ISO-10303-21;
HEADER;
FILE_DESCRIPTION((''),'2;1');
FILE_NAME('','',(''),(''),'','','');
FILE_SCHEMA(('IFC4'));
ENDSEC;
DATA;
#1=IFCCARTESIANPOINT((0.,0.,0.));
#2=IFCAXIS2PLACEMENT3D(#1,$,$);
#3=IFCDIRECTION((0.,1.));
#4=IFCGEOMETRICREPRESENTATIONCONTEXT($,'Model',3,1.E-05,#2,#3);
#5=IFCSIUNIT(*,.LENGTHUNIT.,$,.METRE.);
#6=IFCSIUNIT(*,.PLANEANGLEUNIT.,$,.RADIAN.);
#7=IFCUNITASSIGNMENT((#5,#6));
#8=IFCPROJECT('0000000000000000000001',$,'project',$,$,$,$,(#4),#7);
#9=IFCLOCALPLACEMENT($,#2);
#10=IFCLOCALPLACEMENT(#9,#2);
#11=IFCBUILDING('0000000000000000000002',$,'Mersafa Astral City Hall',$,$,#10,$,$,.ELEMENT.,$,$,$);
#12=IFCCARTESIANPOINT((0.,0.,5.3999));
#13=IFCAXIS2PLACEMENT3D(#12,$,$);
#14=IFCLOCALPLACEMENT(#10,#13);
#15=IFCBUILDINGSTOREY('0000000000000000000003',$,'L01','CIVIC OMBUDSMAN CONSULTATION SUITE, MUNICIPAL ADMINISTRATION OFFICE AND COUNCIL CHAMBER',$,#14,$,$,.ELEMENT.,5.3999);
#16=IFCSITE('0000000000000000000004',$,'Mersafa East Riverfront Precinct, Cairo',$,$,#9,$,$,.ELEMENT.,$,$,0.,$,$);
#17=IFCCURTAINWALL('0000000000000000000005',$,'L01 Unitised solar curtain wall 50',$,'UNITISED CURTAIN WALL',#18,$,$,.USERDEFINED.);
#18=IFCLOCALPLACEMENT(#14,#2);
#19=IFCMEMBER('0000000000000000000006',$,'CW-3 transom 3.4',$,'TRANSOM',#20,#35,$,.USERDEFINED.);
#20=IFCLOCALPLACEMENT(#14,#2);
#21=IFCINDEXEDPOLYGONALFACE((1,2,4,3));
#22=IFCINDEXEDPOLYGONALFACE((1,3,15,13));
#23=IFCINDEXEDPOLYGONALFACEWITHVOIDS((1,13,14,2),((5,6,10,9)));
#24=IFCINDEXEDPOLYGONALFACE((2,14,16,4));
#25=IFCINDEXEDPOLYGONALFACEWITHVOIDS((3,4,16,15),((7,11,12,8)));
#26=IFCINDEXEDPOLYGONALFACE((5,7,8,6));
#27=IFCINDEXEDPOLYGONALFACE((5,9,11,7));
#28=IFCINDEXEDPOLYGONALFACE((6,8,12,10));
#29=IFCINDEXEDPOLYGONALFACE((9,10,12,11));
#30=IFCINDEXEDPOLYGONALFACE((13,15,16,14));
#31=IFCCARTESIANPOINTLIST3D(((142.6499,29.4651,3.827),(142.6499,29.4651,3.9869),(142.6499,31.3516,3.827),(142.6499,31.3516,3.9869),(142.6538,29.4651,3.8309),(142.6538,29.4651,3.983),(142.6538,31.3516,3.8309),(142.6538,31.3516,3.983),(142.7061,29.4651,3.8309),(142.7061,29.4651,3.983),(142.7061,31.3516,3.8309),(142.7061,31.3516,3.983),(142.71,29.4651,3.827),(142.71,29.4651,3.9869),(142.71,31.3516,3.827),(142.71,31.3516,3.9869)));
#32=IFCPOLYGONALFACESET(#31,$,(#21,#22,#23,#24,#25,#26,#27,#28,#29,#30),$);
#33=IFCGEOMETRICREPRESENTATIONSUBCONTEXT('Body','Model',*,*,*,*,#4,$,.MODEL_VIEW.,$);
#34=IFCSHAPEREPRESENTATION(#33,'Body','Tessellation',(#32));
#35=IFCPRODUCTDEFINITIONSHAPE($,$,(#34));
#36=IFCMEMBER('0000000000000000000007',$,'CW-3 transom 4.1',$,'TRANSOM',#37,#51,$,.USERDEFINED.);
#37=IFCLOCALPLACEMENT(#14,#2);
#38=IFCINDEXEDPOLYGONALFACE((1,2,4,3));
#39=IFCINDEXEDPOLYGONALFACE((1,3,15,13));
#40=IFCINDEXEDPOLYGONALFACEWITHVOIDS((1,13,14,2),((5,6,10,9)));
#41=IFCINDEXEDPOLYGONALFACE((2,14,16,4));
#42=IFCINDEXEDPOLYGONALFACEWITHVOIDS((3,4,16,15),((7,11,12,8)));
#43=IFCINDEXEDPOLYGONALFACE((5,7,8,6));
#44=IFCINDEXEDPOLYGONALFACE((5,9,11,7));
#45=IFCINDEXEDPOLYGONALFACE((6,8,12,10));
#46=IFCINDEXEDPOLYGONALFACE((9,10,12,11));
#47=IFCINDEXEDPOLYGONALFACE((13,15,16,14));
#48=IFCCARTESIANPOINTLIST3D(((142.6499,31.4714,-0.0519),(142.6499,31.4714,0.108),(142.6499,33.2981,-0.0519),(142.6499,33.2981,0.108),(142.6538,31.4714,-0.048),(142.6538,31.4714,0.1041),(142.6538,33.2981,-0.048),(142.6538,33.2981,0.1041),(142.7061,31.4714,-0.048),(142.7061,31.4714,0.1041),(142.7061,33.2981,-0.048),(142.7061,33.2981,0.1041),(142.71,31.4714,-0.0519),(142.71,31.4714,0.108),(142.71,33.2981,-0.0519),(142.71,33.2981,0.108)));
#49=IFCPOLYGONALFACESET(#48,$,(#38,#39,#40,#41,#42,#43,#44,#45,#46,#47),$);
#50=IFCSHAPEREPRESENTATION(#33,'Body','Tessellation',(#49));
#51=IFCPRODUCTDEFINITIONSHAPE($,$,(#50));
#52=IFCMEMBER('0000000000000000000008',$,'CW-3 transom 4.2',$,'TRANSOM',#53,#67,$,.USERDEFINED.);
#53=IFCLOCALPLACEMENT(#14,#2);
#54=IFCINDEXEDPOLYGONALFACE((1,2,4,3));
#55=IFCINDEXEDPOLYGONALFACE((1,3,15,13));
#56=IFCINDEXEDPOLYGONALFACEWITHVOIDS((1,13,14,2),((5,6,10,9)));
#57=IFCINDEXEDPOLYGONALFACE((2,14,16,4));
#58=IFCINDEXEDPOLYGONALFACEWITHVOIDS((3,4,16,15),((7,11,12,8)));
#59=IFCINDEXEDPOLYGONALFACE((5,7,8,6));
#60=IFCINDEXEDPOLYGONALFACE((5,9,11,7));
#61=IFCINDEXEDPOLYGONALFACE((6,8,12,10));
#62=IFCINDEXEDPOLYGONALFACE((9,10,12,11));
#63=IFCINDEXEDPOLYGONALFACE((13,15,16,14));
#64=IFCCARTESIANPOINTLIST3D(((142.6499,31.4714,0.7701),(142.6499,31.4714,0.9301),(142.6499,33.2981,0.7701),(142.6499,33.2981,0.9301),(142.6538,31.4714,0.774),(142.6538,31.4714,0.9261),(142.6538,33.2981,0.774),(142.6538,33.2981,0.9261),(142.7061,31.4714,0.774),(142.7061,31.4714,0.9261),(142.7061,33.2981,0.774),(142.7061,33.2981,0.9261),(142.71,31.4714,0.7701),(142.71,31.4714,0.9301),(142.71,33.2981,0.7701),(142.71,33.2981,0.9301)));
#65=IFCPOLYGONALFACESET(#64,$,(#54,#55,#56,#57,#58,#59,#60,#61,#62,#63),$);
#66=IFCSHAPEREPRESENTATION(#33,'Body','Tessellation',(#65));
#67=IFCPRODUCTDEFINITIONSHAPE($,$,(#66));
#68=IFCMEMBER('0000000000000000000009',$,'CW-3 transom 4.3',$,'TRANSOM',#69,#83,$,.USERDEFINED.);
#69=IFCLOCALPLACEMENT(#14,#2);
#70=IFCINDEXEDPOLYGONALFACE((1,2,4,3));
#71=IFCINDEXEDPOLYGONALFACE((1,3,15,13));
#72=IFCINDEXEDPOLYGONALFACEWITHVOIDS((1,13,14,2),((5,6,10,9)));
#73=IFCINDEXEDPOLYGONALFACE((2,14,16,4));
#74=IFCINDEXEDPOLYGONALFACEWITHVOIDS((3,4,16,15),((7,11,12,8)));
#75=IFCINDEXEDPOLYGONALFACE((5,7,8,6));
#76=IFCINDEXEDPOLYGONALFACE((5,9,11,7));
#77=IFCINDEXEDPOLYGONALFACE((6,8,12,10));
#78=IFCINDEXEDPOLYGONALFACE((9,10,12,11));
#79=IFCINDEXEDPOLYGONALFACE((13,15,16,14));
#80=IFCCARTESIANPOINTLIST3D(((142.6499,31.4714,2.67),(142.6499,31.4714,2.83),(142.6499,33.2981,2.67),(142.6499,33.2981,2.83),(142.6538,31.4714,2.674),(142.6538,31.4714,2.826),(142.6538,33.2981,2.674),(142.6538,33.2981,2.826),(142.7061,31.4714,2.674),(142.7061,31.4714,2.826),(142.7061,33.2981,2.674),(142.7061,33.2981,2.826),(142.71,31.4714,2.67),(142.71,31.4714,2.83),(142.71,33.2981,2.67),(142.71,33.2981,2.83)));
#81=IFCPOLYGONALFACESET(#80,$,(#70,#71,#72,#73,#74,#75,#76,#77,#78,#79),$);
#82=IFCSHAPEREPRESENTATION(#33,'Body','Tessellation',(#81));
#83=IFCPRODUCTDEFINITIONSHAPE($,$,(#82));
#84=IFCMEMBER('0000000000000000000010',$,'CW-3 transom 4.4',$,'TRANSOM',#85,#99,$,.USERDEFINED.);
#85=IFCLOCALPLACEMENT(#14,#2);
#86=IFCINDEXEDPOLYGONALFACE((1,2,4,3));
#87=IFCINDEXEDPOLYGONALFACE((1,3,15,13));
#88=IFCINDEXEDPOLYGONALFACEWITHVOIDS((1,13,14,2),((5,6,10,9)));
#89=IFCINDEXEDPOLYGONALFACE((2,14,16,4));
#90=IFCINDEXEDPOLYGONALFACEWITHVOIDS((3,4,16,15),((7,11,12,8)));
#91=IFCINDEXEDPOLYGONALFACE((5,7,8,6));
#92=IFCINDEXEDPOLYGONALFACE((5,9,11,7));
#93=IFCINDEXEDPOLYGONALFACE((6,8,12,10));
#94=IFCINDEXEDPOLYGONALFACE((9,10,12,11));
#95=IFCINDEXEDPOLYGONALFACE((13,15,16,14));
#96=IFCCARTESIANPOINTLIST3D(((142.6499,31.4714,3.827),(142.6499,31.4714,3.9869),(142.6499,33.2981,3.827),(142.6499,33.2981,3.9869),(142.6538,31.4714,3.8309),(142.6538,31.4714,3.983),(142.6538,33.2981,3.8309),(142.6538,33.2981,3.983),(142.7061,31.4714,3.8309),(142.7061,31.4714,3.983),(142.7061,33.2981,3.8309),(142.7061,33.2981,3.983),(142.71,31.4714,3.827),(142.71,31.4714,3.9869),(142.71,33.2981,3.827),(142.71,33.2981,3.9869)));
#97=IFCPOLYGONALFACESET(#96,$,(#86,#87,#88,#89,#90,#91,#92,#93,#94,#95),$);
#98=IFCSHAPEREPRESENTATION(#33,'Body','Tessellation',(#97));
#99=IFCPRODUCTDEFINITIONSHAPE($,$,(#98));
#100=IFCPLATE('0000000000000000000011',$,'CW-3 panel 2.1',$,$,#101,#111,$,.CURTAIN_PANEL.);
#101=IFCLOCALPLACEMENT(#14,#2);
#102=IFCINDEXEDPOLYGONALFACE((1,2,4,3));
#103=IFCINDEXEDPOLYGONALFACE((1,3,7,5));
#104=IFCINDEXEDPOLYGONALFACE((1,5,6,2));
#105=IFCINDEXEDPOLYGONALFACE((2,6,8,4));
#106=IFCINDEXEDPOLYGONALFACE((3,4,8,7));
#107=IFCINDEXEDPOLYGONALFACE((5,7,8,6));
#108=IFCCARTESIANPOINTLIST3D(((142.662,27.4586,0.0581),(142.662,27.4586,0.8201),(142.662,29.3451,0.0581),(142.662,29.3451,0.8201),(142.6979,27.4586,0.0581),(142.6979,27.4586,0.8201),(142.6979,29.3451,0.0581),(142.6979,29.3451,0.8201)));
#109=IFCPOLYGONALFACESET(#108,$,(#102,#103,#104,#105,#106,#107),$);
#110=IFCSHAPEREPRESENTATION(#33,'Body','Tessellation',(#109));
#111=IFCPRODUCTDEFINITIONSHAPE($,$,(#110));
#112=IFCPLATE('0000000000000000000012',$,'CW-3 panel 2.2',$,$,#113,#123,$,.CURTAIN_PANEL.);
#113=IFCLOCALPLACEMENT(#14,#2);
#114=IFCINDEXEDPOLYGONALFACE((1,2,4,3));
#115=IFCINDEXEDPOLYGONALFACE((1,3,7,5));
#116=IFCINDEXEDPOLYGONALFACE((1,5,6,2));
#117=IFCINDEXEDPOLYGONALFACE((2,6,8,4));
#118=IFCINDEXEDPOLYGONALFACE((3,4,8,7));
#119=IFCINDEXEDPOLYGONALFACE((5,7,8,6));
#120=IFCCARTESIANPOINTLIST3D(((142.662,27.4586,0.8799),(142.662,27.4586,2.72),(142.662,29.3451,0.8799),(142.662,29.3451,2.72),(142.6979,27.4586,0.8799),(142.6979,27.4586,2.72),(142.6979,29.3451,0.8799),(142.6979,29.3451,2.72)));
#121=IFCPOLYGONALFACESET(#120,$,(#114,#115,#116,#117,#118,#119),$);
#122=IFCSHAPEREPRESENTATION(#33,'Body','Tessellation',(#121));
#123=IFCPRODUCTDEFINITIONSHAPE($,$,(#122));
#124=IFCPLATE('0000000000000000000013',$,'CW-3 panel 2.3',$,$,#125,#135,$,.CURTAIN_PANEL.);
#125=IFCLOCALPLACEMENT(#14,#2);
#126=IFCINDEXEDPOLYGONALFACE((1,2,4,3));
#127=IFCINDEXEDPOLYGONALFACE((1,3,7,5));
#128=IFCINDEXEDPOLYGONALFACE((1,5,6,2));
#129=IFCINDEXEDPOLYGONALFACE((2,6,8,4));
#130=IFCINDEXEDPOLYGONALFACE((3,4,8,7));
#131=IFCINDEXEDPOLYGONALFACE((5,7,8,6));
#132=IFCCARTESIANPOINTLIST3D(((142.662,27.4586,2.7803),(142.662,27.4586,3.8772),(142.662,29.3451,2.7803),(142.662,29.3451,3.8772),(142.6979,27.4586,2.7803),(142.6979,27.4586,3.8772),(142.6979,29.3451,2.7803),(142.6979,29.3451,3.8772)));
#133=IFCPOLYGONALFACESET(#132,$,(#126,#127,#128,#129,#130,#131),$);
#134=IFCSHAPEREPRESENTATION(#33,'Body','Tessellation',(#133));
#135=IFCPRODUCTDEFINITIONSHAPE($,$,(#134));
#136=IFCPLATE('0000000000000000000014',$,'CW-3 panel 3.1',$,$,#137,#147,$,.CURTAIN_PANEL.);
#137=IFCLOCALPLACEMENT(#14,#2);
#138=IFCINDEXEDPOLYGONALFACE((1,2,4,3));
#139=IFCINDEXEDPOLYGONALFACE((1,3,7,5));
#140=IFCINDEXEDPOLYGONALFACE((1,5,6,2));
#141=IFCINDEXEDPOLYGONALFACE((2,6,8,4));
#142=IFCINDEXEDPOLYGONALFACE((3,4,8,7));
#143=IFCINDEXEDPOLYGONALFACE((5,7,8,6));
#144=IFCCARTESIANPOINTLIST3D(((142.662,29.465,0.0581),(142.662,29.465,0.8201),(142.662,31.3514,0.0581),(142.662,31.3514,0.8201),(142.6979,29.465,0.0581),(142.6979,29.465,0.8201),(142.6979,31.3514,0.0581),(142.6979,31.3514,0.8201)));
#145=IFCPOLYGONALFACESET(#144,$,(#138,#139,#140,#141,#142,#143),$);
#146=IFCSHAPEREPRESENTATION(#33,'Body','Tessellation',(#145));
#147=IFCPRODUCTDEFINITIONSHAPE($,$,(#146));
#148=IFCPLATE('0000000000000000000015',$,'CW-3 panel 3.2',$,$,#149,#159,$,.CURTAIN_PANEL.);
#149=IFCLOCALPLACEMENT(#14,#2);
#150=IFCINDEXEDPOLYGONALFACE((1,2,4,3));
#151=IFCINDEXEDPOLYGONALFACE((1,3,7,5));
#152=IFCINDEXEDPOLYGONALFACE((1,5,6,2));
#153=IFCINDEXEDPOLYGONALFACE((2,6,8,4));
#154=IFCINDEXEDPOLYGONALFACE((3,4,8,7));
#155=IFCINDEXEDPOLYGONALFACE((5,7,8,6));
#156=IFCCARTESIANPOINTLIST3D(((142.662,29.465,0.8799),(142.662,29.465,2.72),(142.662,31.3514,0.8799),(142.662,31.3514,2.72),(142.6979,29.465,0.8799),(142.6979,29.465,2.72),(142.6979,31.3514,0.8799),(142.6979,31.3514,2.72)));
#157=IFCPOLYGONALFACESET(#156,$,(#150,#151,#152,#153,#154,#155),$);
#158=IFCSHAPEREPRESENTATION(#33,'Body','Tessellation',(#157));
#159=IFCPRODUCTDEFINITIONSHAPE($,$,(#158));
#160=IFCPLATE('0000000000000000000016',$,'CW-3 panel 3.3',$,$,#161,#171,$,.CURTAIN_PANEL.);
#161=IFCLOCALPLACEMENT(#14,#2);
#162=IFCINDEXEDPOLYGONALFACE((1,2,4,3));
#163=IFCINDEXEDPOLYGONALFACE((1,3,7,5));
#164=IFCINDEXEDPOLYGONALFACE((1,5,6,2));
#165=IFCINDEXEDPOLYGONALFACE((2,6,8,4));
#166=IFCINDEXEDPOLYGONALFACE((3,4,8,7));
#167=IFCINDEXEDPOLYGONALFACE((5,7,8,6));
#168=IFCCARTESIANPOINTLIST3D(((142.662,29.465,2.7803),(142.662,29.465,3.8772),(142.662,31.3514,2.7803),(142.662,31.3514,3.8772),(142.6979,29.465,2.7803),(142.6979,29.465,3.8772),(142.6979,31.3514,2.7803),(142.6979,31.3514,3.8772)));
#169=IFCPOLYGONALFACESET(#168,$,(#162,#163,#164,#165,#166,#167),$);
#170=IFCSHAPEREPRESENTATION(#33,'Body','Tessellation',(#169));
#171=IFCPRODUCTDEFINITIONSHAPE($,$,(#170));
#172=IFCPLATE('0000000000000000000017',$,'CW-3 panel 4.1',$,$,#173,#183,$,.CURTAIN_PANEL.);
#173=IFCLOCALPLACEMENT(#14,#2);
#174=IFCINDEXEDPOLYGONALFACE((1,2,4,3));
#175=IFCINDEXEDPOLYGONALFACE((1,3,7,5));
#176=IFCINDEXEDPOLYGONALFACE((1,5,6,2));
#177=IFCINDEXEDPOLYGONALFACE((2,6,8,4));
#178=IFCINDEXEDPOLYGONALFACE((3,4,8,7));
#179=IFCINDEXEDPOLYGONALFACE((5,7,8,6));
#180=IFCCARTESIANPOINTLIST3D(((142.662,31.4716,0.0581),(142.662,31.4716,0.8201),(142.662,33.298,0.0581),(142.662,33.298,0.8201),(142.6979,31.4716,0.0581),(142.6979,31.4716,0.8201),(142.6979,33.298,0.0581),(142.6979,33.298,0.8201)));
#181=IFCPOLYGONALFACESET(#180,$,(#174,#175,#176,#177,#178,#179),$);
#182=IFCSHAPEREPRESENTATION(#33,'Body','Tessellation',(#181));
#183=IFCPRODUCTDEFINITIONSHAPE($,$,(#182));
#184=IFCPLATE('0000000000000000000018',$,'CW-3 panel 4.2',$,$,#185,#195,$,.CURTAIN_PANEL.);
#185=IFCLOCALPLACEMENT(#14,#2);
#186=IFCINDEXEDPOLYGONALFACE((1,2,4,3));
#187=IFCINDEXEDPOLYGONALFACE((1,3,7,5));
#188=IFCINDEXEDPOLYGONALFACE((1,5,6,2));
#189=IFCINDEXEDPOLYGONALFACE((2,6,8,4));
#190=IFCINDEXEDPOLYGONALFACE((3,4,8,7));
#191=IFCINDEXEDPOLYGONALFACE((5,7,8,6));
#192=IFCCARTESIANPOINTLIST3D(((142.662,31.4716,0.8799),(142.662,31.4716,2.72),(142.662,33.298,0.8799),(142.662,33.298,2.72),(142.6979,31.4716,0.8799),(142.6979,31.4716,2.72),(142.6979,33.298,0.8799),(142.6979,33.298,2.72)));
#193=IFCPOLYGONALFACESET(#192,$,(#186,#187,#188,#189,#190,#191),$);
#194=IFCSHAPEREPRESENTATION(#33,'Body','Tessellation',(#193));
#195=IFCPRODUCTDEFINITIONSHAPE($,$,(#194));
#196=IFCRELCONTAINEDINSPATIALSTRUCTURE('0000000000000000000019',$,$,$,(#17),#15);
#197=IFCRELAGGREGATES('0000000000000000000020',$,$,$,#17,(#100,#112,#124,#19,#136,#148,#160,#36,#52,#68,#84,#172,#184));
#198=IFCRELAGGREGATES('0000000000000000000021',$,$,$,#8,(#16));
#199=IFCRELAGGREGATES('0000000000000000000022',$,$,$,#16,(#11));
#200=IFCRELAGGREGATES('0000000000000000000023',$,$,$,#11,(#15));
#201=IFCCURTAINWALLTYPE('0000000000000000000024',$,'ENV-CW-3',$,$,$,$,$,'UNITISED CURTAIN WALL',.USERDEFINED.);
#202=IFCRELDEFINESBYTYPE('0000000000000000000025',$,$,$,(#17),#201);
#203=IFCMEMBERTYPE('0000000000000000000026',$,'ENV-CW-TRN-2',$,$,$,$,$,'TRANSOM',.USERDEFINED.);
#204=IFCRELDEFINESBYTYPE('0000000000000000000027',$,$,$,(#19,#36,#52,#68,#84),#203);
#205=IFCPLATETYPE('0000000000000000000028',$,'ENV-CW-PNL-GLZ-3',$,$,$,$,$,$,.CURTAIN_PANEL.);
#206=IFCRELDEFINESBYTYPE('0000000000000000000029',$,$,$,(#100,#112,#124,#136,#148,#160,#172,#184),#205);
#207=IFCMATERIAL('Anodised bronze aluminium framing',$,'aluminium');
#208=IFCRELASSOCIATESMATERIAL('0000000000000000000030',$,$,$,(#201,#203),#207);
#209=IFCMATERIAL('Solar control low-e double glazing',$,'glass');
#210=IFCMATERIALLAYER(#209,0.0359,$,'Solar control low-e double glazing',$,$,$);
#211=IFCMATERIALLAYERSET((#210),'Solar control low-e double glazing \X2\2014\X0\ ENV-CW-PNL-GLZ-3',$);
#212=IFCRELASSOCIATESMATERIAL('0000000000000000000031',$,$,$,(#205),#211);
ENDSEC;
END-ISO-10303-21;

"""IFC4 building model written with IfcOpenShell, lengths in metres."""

from ifc_helpers import new_model, si_unit, direction, frame, origin, origin_2d, place, context, subcontext, project, spatial, rectangle, hollow_rectangle, extrude, material, layer, layer_set, material_profile, profile_set, type_object, element, aggregate, save


model = new_model("IFC4")

# Units and contexts
model_context = context("Model", 3, precision=1e-05, world=origin(), true_north=direction((0.0, 1.0)))
body_context = subcontext(model_context, "Body", "Model", "MODEL_VIEW")
ifc_project = project(units=[si_unit("LENGTHUNIT", "METRE"), si_unit("PLANEANGLEUNIT", "RADIAN")], contexts=[model_context])

# Site, building, storey
site_placement = place(None, origin())
site = spatial("IfcSite", under=ifc_project, at=site_placement, Name="Mersafa East Riverfront Precinct, Cairo", CompositionType="ELEMENT", RefElevation=0.0)
building_placement = place(site_placement, origin())
building = spatial("IfcBuilding", under=site, at=building_placement, Name="Mersafa Astral City Hall", CompositionType="ELEMENT")
storey_placement = place(building_placement, frame((0.0, 0.0, 5.3999)))
storey = spatial("IfcBuildingStorey", under=building, at=storey_placement, Name="L01", Description="CIVIC OMBUDSMAN CONSULTATION SUITE, MUNICIPAL ADMINISTRATION OFFICE AND COUNCIL CHAMBER", CompositionType="ELEMENT", Elevation=5.3999)

# Curtain wall, members, plates
ifc_material_1 = material(Name="Anodised bronze aluminium framing", Category="aluminium")
curtain_wall_type = type_object("IfcCurtainWallType", Name="ENV-CW-3", ElementType="UNITISED CURTAIN WALL", PredefinedType="USERDEFINED", material=ifc_material_1)
curtain_wall_placement = place(storey_placement, origin())
curtain_wall = element("IfcCurtainWall", 1, at=curtain_wall_placement, inside=storey, type_object=curtain_wall_type, Name="L01 Unitised solar curtain wall 50", ObjectType="UNITISED CURTAIN WALL", PredefinedType="USERDEFINED")
ifc_material_profile_1 = material_profile(ifc_material_1, hollow_rectangle(XDim=0.0601, YDim=0.1599, WallThickness=0.0039, at=origin_2d()), Name="RHS 60x160x4")
ifc_profile_set_1 = profile_set([ifc_material_profile_1], Name="Anodised bronze aluminium framing")
member_type_1 = type_object("IfcMemberType", Name="ENV-CW-TRN-2", ElementType="TRANSOM", PredefinedType="USERDEFINED", material=ifc_profile_set_1)
member_1_placement = place(storey_placement, frame((142.6799, 29.4651, 3.907), z_axis=(0.0, 1.0, 0.0), x_axis=(-1.0, 0.0, 0.0)))
member_1 = element("IfcMember", 2, at=member_1_placement, type_object=member_type_1, Name="CW-3 transom 3.4", ObjectType="TRANSOM", PredefinedType="USERDEFINED", context=body_context, shape_type="SweptSolid", body=[
    extrude(hollow_rectangle(XDim=0.0601, YDim=0.1599, WallThickness=0.0039, at=origin_2d()), origin(), (0.0, 0.0, 1.0), 1.8865),
])
member_2_placement = place(storey_placement, frame((142.6799, 31.4714, 0.0281), z_axis=(0.0, 1.0, 0.0), x_axis=(-1.0, 0.0, 0.0)))
member_2 = element("IfcMember", 3, at=member_2_placement, type_object=member_type_1, Name="CW-3 transom 4.1", ObjectType="TRANSOM", PredefinedType="USERDEFINED", context=body_context, shape_type="SweptSolid", body=[
    extrude(hollow_rectangle(XDim=0.0601, YDim=0.1599, WallThickness=0.0039, at=origin_2d()), origin(), (0.0, 0.0, 1.0), 1.8267),
])
member_3_placement = place(storey_placement, frame((142.6799, 31.4714, 0.8501), z_axis=(0.0, 1.0, 0.0), x_axis=(-1.0, 0.0, 0.0)))
member_3 = element("IfcMember", 4, at=member_3_placement, type_object=member_type_1, Name="CW-3 transom 4.2", ObjectType="TRANSOM", PredefinedType="USERDEFINED", context=body_context, shape_type="SweptSolid", body=[
    extrude(hollow_rectangle(XDim=0.0601, YDim=0.1599, WallThickness=0.0039, at=origin_2d()), origin(), (0.0, 0.0, 1.0), 1.8267),
])
member_4_placement = place(storey_placement, frame((142.6799, 31.4714, 2.75), z_axis=(0.0, 1.0, 0.0), x_axis=(-1.0, 0.0, 0.0)))
member_4 = element("IfcMember", 5, at=member_4_placement, type_object=member_type_1, Name="CW-3 transom 4.3", ObjectType="TRANSOM", PredefinedType="USERDEFINED", context=body_context, shape_type="SweptSolid", body=[
    extrude(hollow_rectangle(XDim=0.0601, YDim=0.1599, WallThickness=0.0039, at=origin_2d()), origin(), (0.0, 0.0, 1.0), 1.8267),
])
member_5_placement = place(storey_placement, frame((142.6799, 31.4714, 3.907), z_axis=(0.0, 1.0, 0.0), x_axis=(-1.0, 0.0, 0.0)))
member_5 = element("IfcMember", 6, at=member_5_placement, type_object=member_type_1, Name="CW-3 transom 4.4", ObjectType="TRANSOM", PredefinedType="USERDEFINED", context=body_context, shape_type="SweptSolid", body=[
    extrude(hollow_rectangle(XDim=0.0601, YDim=0.1599, WallThickness=0.0039, at=origin_2d()), origin(), (0.0, 0.0, 1.0), 1.8267),
])
ifc_material_2 = material(Name="Solar control low-e double glazing", Category="glass")
ifc_layer = layer(ifc_material_2, 0.0359, Name="Solar control low-e double glazing")
ifc_layer_set = layer_set([ifc_layer], Name="Solar control low-e double glazing — ENV-CW-PNL-GLZ-3")
plate_type = type_object("IfcPlateType", Name="ENV-CW-PNL-GLZ-3", PredefinedType="CURTAIN_PANEL", material=ifc_layer_set)
plate_1_placement = place(storey_placement, frame((142.6799, 28.4019, 0.0581), z_axis=(0.0, 0.0, 1.0), x_axis=(0.0, 1.0, 0.0)))
plate_1 = element("IfcPlate", 7, at=plate_1_placement, type_object=plate_type, Name="CW-3 panel 2.1", PredefinedType="CURTAIN_PANEL", context=body_context, shape_type="SweptSolid", body=[
    extrude(rectangle(XDim=1.8865, YDim=0.0359, at=origin_2d()), origin(), (0.0, 0.0, 1.0), 0.762),
])
plate_2_placement = place(storey_placement, frame((142.6799, 28.4019, 0.8799), z_axis=(0.0, 0.0, 1.0), x_axis=(0.0, 1.0, 0.0)))
plate_2 = element("IfcPlate", 8, at=plate_2_placement, type_object=plate_type, Name="CW-3 panel 2.2", PredefinedType="CURTAIN_PANEL", context=body_context, shape_type="SweptSolid", body=[
    extrude(rectangle(XDim=1.8865, YDim=0.0359, at=origin_2d()), origin(), (0.0, 0.0, 1.0), 1.8401),
])
plate_3_placement = place(storey_placement, frame((142.6799, 28.4019, 2.7803), z_axis=(0.0, 0.0, 1.0), x_axis=(0.0, 1.0, 0.0)))
plate_3 = element("IfcPlate", 9, at=plate_3_placement, type_object=plate_type, Name="CW-3 panel 2.3", PredefinedType="CURTAIN_PANEL", context=body_context, shape_type="SweptSolid", body=[
    extrude(rectangle(XDim=1.8865, YDim=0.0359, at=origin_2d()), origin(), (0.0, 0.0, 1.0), 1.0969),
])
plate_4_placement = place(storey_placement, frame((142.6799, 30.4082, 0.0581), z_axis=(0.0, 0.0, 1.0), x_axis=(0.0, 1.0, 0.0)))
plate_4 = element("IfcPlate", 10, at=plate_4_placement, type_object=plate_type, Name="CW-3 panel 3.1", PredefinedType="CURTAIN_PANEL", context=body_context, shape_type="SweptSolid", body=[
    extrude(rectangle(XDim=1.8865, YDim=0.0359, at=origin_2d()), origin(), (0.0, 0.0, 1.0), 0.762),
])
plate_5_placement = place(storey_placement, frame((142.6799, 30.4082, 0.8799), z_axis=(0.0, 0.0, 1.0), x_axis=(0.0, 1.0, 0.0)))
plate_5 = element("IfcPlate", 11, at=plate_5_placement, type_object=plate_type, Name="CW-3 panel 3.2", PredefinedType="CURTAIN_PANEL", context=body_context, shape_type="SweptSolid", body=[
    extrude(rectangle(XDim=1.8865, YDim=0.0359, at=origin_2d()), origin(), (0.0, 0.0, 1.0), 1.8401),
])
plate_6_placement = place(storey_placement, frame((142.6799, 30.4082, 2.7803), z_axis=(0.0, 0.0, 1.0), x_axis=(0.0, 1.0, 0.0)))
plate_6 = element("IfcPlate", 12, at=plate_6_placement, type_object=plate_type, Name="CW-3 panel 3.3", PredefinedType="CURTAIN_PANEL", context=body_context, shape_type="SweptSolid", body=[
    extrude(rectangle(XDim=1.8865, YDim=0.0359, at=origin_2d()), origin(), (0.0, 0.0, 1.0), 1.0969),
])
plate_7_placement = place(storey_placement, frame((142.6799, 32.3848, 0.0581), z_axis=(0.0, 0.0, 1.0), x_axis=(0.0, 1.0, 0.0)))
plate_7 = element("IfcPlate", 13, at=plate_7_placement, type_object=plate_type, Name="CW-3 panel 4.1", PredefinedType="CURTAIN_PANEL", context=body_context, shape_type="SweptSolid", body=[
    extrude(rectangle(XDim=1.8264, YDim=0.0359, at=origin_2d()), origin(), (0.0, 0.0, 1.0), 0.762),
])
plate_8_placement = place(storey_placement, frame((142.6799, 32.3848, 0.8799), z_axis=(0.0, 0.0, 1.0), x_axis=(0.0, 1.0, 0.0)))
plate_8 = element("IfcPlate", 14, at=plate_8_placement, type_object=plate_type, Name="CW-3 panel 4.2", PredefinedType="CURTAIN_PANEL", context=body_context, shape_type="SweptSolid", body=[
    extrude(rectangle(XDim=1.8264, YDim=0.0359, at=origin_2d()), origin(), (0.0, 0.0, 1.0), 1.8401),
])
aggregate(curtain_wall, [plate_1, plate_2, plate_3, member_1, plate_4, plate_5, plate_6, member_2, member_3, member_4, member_5, plate_7, plate_8])

save(model, "model.ifc")
